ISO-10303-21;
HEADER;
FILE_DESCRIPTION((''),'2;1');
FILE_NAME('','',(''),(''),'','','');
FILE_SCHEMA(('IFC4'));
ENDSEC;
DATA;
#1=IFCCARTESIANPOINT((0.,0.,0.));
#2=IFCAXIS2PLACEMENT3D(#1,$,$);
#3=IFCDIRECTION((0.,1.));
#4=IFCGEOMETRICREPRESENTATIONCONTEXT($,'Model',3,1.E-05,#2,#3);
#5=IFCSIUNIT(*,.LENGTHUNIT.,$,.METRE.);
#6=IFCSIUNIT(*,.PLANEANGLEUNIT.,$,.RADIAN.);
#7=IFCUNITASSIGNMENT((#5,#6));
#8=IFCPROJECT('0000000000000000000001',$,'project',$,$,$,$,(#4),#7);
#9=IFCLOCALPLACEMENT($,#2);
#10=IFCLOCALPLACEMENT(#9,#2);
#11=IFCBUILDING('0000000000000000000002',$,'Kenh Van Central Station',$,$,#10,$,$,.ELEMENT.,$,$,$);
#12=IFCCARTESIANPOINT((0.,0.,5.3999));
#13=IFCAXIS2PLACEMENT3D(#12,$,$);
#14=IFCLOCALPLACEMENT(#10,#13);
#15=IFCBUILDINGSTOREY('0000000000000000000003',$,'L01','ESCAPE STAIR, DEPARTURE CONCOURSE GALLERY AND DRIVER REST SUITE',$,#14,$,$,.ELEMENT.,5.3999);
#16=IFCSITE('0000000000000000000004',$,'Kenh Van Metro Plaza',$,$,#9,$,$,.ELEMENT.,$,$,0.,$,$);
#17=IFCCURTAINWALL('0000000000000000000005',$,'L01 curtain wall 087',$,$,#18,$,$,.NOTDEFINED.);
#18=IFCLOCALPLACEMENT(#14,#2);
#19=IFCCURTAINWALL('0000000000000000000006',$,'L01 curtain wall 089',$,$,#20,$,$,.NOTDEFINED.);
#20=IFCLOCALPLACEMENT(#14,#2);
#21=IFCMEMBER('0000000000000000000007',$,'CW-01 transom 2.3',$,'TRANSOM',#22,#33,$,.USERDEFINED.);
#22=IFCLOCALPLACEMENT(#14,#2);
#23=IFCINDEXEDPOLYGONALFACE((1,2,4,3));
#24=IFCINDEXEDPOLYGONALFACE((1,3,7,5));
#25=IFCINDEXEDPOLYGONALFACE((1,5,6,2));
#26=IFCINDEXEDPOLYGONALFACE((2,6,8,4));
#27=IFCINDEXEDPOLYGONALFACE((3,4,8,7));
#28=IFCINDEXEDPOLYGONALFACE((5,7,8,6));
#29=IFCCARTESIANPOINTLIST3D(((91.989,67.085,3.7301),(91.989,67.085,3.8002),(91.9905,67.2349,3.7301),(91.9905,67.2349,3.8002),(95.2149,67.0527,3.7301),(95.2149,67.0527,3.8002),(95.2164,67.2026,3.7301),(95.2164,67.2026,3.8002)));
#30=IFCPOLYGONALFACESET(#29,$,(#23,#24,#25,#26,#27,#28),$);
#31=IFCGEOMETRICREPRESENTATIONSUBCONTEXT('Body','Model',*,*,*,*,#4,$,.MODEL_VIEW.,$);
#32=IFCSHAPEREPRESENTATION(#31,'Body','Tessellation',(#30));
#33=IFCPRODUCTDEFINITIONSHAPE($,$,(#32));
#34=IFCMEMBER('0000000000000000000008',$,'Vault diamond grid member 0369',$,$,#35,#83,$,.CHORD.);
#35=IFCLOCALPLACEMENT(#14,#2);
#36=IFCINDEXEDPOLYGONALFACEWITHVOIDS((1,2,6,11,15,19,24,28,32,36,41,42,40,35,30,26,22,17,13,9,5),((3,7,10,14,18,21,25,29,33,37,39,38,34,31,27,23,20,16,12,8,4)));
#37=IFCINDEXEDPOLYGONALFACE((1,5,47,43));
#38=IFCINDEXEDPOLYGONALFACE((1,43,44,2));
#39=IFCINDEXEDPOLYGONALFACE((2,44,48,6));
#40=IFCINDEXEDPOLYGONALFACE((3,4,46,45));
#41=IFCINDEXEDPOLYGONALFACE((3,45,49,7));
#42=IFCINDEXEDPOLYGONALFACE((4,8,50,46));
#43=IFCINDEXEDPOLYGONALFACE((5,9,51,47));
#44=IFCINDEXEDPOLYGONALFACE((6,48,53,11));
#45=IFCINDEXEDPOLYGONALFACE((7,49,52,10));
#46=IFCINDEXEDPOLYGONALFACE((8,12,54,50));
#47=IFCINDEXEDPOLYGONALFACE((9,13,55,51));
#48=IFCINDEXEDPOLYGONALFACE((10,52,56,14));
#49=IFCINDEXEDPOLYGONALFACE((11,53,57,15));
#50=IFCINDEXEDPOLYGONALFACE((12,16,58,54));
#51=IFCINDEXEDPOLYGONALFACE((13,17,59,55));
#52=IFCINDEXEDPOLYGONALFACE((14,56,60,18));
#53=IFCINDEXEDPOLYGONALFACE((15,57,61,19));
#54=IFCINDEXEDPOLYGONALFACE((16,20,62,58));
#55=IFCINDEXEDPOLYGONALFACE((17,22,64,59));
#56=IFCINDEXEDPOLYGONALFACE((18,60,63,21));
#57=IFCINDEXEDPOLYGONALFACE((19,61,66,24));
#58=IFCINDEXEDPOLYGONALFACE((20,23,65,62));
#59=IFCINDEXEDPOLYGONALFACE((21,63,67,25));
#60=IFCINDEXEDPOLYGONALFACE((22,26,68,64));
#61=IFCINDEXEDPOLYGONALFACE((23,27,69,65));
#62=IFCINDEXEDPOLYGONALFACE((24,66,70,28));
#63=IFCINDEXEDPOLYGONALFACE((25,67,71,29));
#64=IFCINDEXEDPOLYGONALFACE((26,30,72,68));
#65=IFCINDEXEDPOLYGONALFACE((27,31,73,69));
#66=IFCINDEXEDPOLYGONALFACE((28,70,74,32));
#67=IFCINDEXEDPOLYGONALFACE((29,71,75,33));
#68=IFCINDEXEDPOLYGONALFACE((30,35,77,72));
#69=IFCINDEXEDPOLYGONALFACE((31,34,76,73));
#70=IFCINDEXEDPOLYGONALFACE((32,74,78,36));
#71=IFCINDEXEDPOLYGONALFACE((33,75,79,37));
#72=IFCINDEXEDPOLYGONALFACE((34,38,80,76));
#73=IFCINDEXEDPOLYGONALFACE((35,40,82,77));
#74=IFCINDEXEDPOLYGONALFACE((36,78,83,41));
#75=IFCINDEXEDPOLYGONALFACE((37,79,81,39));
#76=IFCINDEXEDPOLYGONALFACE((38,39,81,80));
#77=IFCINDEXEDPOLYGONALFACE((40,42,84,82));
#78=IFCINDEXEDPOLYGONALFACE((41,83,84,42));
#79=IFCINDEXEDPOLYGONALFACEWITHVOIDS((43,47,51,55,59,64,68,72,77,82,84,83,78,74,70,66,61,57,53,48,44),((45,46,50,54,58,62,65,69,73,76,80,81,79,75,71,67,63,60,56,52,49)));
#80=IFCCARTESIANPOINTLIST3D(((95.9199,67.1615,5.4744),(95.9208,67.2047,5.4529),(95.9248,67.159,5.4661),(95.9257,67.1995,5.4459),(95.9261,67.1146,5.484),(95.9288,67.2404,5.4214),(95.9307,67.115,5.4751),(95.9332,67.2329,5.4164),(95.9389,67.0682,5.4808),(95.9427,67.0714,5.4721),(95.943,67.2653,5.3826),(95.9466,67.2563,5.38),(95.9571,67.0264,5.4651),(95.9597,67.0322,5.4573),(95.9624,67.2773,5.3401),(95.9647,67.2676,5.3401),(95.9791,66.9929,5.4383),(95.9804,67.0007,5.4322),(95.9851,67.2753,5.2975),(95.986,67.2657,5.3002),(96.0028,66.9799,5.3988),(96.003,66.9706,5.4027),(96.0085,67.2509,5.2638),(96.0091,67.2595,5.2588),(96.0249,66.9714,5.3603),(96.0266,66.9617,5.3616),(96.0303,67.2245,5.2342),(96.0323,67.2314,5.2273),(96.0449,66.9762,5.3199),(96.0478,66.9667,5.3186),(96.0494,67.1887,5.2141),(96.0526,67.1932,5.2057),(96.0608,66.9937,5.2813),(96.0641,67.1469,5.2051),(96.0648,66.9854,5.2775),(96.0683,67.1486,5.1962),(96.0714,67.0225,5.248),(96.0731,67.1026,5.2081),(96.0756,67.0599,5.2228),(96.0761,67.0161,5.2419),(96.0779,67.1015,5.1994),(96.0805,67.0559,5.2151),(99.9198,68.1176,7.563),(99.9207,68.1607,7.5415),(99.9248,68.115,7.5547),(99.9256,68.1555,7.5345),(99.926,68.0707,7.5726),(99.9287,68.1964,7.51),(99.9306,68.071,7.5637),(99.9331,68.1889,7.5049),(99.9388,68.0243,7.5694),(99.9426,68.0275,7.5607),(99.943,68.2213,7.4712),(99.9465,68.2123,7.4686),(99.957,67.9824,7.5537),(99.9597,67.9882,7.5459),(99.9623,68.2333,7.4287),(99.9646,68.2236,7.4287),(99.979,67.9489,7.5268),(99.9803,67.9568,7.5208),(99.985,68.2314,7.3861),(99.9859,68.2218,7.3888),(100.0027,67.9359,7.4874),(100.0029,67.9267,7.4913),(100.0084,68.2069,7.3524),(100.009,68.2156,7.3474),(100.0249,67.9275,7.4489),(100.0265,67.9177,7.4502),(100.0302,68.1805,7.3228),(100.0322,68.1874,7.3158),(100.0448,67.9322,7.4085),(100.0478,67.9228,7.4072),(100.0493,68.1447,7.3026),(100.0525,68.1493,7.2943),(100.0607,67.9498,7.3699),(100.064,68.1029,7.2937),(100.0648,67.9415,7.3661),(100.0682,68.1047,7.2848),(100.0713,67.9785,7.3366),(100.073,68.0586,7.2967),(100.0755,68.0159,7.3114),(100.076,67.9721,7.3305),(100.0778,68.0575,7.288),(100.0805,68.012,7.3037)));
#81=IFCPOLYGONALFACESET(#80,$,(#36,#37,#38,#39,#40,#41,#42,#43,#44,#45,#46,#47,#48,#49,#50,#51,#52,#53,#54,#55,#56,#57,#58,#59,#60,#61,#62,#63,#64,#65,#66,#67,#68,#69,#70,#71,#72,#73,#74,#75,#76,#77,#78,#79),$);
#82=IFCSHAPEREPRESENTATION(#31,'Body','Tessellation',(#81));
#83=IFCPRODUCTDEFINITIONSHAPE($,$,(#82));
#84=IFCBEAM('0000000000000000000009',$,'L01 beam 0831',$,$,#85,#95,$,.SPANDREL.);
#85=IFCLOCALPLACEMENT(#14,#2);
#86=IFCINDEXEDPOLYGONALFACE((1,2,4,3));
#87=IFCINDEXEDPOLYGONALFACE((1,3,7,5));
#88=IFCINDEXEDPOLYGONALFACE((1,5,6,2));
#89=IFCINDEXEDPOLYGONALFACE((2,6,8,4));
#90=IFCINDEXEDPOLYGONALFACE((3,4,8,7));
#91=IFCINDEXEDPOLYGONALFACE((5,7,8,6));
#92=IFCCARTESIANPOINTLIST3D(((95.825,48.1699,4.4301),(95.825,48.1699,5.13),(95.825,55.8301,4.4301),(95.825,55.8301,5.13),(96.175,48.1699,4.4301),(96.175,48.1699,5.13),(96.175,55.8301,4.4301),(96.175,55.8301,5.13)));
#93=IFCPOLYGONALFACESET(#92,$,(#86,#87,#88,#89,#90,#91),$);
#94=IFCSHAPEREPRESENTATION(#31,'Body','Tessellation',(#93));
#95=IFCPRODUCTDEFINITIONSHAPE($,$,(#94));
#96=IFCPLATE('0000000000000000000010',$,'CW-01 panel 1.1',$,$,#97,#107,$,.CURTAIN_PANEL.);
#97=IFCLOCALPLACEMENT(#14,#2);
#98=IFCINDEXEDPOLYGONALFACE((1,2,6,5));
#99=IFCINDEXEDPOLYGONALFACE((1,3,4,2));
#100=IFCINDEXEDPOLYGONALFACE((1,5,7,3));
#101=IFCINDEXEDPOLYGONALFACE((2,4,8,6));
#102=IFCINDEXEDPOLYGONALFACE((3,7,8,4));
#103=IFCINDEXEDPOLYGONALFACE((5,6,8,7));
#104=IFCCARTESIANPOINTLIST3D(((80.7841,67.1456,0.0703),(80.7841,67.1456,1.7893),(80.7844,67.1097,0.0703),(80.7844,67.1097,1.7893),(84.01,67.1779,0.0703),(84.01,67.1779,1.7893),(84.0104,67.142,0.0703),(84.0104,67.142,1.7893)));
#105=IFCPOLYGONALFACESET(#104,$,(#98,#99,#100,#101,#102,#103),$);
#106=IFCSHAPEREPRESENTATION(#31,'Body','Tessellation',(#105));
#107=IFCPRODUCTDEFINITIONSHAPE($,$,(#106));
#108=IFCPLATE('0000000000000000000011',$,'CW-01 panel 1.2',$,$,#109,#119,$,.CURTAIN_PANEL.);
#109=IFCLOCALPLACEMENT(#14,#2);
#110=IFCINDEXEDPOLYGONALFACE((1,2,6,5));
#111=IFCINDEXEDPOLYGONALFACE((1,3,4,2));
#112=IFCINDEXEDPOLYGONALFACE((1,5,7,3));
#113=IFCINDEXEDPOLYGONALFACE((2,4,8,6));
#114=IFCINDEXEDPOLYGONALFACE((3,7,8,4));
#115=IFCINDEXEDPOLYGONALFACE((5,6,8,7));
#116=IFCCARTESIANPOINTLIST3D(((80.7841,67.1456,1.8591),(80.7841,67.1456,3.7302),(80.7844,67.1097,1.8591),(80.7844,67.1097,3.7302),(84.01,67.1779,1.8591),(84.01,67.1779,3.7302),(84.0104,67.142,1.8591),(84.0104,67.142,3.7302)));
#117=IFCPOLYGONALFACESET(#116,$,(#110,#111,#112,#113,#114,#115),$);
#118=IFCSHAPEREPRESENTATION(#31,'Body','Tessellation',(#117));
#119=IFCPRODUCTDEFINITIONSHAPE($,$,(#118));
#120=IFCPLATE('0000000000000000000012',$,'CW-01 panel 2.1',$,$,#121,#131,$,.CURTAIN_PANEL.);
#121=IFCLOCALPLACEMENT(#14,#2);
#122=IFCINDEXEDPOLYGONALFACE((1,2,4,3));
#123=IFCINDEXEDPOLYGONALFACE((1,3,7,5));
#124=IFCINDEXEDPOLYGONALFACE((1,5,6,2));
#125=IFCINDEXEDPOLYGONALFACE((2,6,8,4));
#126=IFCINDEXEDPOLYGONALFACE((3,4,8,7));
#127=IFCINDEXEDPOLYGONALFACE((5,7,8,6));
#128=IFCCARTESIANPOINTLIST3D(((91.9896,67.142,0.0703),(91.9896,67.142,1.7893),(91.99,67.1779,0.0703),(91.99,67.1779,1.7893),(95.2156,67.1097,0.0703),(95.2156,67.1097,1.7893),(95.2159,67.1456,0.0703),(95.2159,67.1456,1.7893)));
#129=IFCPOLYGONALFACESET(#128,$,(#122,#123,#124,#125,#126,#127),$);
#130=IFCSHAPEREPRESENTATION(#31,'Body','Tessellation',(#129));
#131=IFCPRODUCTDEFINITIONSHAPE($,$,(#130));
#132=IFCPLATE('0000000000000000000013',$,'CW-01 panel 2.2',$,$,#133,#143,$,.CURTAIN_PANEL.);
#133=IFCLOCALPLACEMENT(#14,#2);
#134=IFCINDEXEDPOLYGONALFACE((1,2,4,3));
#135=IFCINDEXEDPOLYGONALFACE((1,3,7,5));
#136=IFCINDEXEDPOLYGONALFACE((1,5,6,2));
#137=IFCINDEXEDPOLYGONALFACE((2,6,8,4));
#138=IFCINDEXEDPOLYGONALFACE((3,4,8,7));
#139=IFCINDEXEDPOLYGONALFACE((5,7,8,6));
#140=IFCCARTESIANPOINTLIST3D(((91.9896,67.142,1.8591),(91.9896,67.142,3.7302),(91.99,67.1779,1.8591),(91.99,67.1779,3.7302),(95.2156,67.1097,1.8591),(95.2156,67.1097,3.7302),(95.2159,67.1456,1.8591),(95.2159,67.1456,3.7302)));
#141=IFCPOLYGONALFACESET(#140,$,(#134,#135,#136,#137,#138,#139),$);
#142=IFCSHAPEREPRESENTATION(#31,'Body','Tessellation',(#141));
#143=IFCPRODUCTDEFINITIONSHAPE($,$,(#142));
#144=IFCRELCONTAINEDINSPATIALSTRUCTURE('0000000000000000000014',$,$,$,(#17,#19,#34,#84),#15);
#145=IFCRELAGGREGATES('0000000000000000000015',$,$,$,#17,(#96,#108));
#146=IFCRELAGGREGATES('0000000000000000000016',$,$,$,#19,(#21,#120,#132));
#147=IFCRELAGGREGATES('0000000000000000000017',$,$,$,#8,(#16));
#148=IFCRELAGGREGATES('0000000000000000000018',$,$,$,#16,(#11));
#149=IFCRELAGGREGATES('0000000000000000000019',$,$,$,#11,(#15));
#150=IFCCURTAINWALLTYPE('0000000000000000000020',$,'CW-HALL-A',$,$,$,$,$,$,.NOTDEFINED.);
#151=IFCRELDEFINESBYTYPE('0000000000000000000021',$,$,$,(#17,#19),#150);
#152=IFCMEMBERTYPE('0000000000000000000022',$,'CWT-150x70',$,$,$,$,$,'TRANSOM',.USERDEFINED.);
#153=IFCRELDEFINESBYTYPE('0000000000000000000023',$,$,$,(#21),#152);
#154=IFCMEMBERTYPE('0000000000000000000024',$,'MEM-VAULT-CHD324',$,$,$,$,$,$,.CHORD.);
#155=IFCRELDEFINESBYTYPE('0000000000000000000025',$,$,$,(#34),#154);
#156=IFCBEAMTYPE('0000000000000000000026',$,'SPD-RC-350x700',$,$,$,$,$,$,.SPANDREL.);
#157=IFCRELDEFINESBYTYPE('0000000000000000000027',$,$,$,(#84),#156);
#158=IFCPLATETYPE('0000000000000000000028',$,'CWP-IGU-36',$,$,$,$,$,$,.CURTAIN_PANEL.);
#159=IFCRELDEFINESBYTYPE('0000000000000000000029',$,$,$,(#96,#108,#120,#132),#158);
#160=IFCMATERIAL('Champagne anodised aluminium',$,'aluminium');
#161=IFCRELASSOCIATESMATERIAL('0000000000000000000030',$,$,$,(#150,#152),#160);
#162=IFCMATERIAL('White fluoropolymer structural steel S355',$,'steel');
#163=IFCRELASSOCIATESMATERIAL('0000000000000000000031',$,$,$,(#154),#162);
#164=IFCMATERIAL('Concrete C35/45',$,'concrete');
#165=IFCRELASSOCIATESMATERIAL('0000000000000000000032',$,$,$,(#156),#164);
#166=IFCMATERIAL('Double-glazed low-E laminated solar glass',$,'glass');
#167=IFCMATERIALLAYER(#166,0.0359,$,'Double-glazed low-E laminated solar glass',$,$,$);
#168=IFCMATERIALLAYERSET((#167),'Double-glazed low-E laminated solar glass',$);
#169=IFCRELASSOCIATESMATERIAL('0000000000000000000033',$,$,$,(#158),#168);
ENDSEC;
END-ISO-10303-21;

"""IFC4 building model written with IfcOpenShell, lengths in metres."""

from ifc_helpers import new_model, si_unit, direction, frame, origin, origin_2d, place, context, subcontext, project, spatial, rectangle, hollow_circle, extrude, material, layer, layer_set, material_profile, profile_set, type_object, element, aggregate, save


model = new_model("IFC4")

# Units and contexts
model_context = context("Model", 3, precision=1e-05, world=origin(), true_north=direction((0.0, 1.0)))
body_context = subcontext(model_context, "Body", "Model", "MODEL_VIEW")
ifc_project = project(units=[si_unit("LENGTHUNIT", "METRE"), si_unit("PLANEANGLEUNIT", "RADIAN")], contexts=[model_context])

# Site, building, storey
site_placement = place(None, origin())
site = spatial("IfcSite", under=ifc_project, at=site_placement, Name="Kenh Van Metro Plaza", CompositionType="ELEMENT", RefElevation=0.0)
building_placement = place(site_placement, origin())
building = spatial("IfcBuilding", under=site, at=building_placement, Name="Kenh Van Central Station", CompositionType="ELEMENT")
storey_placement = place(building_placement, frame((0.0, 0.0, 5.3999)))
storey = spatial("IfcBuildingStorey", under=building, at=storey_placement, Name="L01", Description="ESCAPE STAIR, DEPARTURE CONCOURSE GALLERY AND DRIVER REST SUITE", CompositionType="ELEMENT", Elevation=5.3999)

# Shared definitions
ifc_material_1 = material(Name="Concrete C35/45", Category="concrete")
ifc_material_2 = material(Name="White fluoropolymer structural steel S355", Category="steel")

# Shared definitions
ifc_material_3 = material(Name="Champagne anodised aluminium", Category="aluminium")
curtain_wall_type = type_object("IfcCurtainWallType", Name="CW-HALL-A", PredefinedType="NOTDEFINED", material=ifc_material_3)

# Curtain wall
curtain_wall_1_placement = place(storey_placement, origin())
curtain_wall_1 = element("IfcCurtainWall", 1, at=curtain_wall_1_placement, inside=storey, type_object=curtain_wall_type, Name="L01 curtain wall 087", PredefinedType="NOTDEFINED")

# Curtain wall
curtain_wall_2_placement = place(storey_placement, origin())
curtain_wall_2 = element("IfcCurtainWall", 2, at=curtain_wall_2_placement, inside=storey, type_object=curtain_wall_type, Name="L01 curtain wall 089", PredefinedType="NOTDEFINED")

# Members
ifc_material_profile_1 = material_profile(ifc_material_3, rectangle(XDim=0.1499, YDim=0.0701, at=origin_2d()), Name="AL 150x70")
ifc_profile_set_1 = profile_set([ifc_material_profile_1], Name="Champagne anodised aluminium")
member_type_1 = type_object("IfcMemberType", Name="CWT-150x70", ElementType="TRANSOM", PredefinedType="USERDEFINED", material=ifc_profile_set_1)
member_1_placement = place(storey_placement, frame((91.9897, 67.1599, 3.7651), z_axis=(0.99995, -0.00999, 0.0), x_axis=(0.00999, 0.99995, 0.0)))
member_1 = element("IfcMember", 3, at=member_1_placement, type_object=member_type_1, Name="CW-01 transom 2.3", ObjectType="TRANSOM", PredefinedType="USERDEFINED", context=body_context, shape_type="SweptSolid", body=[
    extrude(rectangle(XDim=0.1499, YDim=0.0701, at=origin_2d()), origin(), (0.0, 0.0, 1.0), 3.2261),
])
ifc_material_profile_2 = material_profile(ifc_material_2, hollow_circle(Radius=0.1619, WallThickness=0.01, at=origin_2d()), Name="CHS 323.9x10")
ifc_profile_set_2 = profile_set([ifc_material_profile_2], Name="White fluoropolymer structural steel S355")
member_type_2 = type_object("IfcMemberType", Name="MEM-VAULT-CHD324", PredefinedType="CHORD", material=ifc_profile_set_2)
member_2_placement = place(storey_placement, frame((96.0, 67.1199, 5.3401), z_axis=(0.867184, 0.207269, 0.452805), x_axis=(-0.232466, 0.972605, 0.0)))
element("IfcMember", 4, at=member_2_placement, inside=storey, type_object=member_type_2, Name="Vault diamond grid member 0369", PredefinedType="CHORD", context=body_context, shape_type="SweptSolid", body=[
    extrude(hollow_circle(Radius=0.1619, WallThickness=0.01, at=origin_2d()), origin(), (0.0, 0.0, 1.0), 4.6125),
])

# Beam
ifc_material_profile_3 = material_profile(ifc_material_1, rectangle(XDim=0.3501, YDim=0.7, at=origin_2d()), Name="RC 350x700")
ifc_profile_set_3 = profile_set([ifc_material_profile_3], Name="Concrete C35/45")
beam_type_1 = type_object("IfcBeamType", Name="SPD-RC-350x700", PredefinedType="SPANDREL", material=ifc_profile_set_3)
beam_1_placement = place(storey_placement, frame((96.0, 48.1699, 4.78), z_axis=(0.0, 1.0, 0.0), x_axis=(-1.0, 0.0, 0.0)))
element("IfcBeam", 5, at=beam_1_placement, inside=storey, type_object=beam_type_1, Name="L01 beam 0831", PredefinedType="SPANDREL", context=body_context, shape_type="SweptSolid", body=[
    extrude(rectangle(XDim=0.3501, YDim=0.7, at=origin_2d()), origin(), (0.0, 0.0, 1.0), 7.6602),
])

# Plates
ifc_material_4 = material(Name="Double-glazed low-E laminated solar glass", Category="glass")
ifc_layer = layer(ifc_material_4, 0.0359, Name="Double-glazed low-E laminated solar glass")
ifc_layer_set = layer_set([ifc_layer], Name="Double-glazed low-E laminated solar glass")
plate_type = type_object("IfcPlateType", Name="CWP-IGU-36", PredefinedType="CURTAIN_PANEL", material=ifc_layer_set)
plate_1_placement = place(storey_placement, frame((82.3972, 67.1438, 0.0703), z_axis=(0.0, 0.0, 1.0), x_axis=(0.99995, 0.010012, 0.0)))
plate_1 = element("IfcPlate", 6, at=plate_1_placement, type_object=plate_type, Name="CW-01 panel 1.1", PredefinedType="CURTAIN_PANEL", context=body_context, shape_type="SweptSolid", body=[
    extrude(rectangle(XDim=3.2261, YDim=0.0359, at=origin_2d()), origin(), (0.0, 0.0, 1.0), 1.719),
])
plate_2_placement = place(storey_placement, frame((82.3972, 67.1438, 1.8591), z_axis=(0.0, 0.0, 1.0), x_axis=(0.99995, 0.010012, 0.0)))
plate_2 = element("IfcPlate", 7, at=plate_2_placement, type_object=plate_type, Name="CW-01 panel 1.2", PredefinedType="CURTAIN_PANEL", context=body_context, shape_type="SweptSolid", body=[
    extrude(rectangle(XDim=3.2261, YDim=0.0359, at=origin_2d()), origin(), (0.0, 0.0, 1.0), 1.8711),
])
aggregate(curtain_wall_1, [plate_1, plate_2])
plate_3_placement = place(storey_placement, frame((93.6028, 67.1438, 0.0703), z_axis=(0.0, 0.0, 1.0), x_axis=(0.99995, -0.010012, 0.0)))
plate_3 = element("IfcPlate", 8, at=plate_3_placement, type_object=plate_type, Name="CW-01 panel 2.1", PredefinedType="CURTAIN_PANEL", context=body_context, shape_type="SweptSolid", body=[
    extrude(rectangle(XDim=3.2261, YDim=0.0359, at=origin_2d()), origin(), (0.0, 0.0, 1.0), 1.719),
])
plate_4_placement = place(storey_placement, frame((93.6028, 67.1438, 1.8591), z_axis=(0.0, 0.0, 1.0), x_axis=(0.99995, -0.010012, 0.0)))
plate_4 = element("IfcPlate", 9, at=plate_4_placement, type_object=plate_type, Name="CW-01 panel 2.2", PredefinedType="CURTAIN_PANEL", context=body_context, shape_type="SweptSolid", body=[
    extrude(rectangle(XDim=3.2261, YDim=0.0359, at=origin_2d()), origin(), (0.0, 0.0, 1.0), 1.8711),
])
aggregate(curtain_wall_2, [member_1, plate_3, plate_4])

save(model, "model.ifc")
